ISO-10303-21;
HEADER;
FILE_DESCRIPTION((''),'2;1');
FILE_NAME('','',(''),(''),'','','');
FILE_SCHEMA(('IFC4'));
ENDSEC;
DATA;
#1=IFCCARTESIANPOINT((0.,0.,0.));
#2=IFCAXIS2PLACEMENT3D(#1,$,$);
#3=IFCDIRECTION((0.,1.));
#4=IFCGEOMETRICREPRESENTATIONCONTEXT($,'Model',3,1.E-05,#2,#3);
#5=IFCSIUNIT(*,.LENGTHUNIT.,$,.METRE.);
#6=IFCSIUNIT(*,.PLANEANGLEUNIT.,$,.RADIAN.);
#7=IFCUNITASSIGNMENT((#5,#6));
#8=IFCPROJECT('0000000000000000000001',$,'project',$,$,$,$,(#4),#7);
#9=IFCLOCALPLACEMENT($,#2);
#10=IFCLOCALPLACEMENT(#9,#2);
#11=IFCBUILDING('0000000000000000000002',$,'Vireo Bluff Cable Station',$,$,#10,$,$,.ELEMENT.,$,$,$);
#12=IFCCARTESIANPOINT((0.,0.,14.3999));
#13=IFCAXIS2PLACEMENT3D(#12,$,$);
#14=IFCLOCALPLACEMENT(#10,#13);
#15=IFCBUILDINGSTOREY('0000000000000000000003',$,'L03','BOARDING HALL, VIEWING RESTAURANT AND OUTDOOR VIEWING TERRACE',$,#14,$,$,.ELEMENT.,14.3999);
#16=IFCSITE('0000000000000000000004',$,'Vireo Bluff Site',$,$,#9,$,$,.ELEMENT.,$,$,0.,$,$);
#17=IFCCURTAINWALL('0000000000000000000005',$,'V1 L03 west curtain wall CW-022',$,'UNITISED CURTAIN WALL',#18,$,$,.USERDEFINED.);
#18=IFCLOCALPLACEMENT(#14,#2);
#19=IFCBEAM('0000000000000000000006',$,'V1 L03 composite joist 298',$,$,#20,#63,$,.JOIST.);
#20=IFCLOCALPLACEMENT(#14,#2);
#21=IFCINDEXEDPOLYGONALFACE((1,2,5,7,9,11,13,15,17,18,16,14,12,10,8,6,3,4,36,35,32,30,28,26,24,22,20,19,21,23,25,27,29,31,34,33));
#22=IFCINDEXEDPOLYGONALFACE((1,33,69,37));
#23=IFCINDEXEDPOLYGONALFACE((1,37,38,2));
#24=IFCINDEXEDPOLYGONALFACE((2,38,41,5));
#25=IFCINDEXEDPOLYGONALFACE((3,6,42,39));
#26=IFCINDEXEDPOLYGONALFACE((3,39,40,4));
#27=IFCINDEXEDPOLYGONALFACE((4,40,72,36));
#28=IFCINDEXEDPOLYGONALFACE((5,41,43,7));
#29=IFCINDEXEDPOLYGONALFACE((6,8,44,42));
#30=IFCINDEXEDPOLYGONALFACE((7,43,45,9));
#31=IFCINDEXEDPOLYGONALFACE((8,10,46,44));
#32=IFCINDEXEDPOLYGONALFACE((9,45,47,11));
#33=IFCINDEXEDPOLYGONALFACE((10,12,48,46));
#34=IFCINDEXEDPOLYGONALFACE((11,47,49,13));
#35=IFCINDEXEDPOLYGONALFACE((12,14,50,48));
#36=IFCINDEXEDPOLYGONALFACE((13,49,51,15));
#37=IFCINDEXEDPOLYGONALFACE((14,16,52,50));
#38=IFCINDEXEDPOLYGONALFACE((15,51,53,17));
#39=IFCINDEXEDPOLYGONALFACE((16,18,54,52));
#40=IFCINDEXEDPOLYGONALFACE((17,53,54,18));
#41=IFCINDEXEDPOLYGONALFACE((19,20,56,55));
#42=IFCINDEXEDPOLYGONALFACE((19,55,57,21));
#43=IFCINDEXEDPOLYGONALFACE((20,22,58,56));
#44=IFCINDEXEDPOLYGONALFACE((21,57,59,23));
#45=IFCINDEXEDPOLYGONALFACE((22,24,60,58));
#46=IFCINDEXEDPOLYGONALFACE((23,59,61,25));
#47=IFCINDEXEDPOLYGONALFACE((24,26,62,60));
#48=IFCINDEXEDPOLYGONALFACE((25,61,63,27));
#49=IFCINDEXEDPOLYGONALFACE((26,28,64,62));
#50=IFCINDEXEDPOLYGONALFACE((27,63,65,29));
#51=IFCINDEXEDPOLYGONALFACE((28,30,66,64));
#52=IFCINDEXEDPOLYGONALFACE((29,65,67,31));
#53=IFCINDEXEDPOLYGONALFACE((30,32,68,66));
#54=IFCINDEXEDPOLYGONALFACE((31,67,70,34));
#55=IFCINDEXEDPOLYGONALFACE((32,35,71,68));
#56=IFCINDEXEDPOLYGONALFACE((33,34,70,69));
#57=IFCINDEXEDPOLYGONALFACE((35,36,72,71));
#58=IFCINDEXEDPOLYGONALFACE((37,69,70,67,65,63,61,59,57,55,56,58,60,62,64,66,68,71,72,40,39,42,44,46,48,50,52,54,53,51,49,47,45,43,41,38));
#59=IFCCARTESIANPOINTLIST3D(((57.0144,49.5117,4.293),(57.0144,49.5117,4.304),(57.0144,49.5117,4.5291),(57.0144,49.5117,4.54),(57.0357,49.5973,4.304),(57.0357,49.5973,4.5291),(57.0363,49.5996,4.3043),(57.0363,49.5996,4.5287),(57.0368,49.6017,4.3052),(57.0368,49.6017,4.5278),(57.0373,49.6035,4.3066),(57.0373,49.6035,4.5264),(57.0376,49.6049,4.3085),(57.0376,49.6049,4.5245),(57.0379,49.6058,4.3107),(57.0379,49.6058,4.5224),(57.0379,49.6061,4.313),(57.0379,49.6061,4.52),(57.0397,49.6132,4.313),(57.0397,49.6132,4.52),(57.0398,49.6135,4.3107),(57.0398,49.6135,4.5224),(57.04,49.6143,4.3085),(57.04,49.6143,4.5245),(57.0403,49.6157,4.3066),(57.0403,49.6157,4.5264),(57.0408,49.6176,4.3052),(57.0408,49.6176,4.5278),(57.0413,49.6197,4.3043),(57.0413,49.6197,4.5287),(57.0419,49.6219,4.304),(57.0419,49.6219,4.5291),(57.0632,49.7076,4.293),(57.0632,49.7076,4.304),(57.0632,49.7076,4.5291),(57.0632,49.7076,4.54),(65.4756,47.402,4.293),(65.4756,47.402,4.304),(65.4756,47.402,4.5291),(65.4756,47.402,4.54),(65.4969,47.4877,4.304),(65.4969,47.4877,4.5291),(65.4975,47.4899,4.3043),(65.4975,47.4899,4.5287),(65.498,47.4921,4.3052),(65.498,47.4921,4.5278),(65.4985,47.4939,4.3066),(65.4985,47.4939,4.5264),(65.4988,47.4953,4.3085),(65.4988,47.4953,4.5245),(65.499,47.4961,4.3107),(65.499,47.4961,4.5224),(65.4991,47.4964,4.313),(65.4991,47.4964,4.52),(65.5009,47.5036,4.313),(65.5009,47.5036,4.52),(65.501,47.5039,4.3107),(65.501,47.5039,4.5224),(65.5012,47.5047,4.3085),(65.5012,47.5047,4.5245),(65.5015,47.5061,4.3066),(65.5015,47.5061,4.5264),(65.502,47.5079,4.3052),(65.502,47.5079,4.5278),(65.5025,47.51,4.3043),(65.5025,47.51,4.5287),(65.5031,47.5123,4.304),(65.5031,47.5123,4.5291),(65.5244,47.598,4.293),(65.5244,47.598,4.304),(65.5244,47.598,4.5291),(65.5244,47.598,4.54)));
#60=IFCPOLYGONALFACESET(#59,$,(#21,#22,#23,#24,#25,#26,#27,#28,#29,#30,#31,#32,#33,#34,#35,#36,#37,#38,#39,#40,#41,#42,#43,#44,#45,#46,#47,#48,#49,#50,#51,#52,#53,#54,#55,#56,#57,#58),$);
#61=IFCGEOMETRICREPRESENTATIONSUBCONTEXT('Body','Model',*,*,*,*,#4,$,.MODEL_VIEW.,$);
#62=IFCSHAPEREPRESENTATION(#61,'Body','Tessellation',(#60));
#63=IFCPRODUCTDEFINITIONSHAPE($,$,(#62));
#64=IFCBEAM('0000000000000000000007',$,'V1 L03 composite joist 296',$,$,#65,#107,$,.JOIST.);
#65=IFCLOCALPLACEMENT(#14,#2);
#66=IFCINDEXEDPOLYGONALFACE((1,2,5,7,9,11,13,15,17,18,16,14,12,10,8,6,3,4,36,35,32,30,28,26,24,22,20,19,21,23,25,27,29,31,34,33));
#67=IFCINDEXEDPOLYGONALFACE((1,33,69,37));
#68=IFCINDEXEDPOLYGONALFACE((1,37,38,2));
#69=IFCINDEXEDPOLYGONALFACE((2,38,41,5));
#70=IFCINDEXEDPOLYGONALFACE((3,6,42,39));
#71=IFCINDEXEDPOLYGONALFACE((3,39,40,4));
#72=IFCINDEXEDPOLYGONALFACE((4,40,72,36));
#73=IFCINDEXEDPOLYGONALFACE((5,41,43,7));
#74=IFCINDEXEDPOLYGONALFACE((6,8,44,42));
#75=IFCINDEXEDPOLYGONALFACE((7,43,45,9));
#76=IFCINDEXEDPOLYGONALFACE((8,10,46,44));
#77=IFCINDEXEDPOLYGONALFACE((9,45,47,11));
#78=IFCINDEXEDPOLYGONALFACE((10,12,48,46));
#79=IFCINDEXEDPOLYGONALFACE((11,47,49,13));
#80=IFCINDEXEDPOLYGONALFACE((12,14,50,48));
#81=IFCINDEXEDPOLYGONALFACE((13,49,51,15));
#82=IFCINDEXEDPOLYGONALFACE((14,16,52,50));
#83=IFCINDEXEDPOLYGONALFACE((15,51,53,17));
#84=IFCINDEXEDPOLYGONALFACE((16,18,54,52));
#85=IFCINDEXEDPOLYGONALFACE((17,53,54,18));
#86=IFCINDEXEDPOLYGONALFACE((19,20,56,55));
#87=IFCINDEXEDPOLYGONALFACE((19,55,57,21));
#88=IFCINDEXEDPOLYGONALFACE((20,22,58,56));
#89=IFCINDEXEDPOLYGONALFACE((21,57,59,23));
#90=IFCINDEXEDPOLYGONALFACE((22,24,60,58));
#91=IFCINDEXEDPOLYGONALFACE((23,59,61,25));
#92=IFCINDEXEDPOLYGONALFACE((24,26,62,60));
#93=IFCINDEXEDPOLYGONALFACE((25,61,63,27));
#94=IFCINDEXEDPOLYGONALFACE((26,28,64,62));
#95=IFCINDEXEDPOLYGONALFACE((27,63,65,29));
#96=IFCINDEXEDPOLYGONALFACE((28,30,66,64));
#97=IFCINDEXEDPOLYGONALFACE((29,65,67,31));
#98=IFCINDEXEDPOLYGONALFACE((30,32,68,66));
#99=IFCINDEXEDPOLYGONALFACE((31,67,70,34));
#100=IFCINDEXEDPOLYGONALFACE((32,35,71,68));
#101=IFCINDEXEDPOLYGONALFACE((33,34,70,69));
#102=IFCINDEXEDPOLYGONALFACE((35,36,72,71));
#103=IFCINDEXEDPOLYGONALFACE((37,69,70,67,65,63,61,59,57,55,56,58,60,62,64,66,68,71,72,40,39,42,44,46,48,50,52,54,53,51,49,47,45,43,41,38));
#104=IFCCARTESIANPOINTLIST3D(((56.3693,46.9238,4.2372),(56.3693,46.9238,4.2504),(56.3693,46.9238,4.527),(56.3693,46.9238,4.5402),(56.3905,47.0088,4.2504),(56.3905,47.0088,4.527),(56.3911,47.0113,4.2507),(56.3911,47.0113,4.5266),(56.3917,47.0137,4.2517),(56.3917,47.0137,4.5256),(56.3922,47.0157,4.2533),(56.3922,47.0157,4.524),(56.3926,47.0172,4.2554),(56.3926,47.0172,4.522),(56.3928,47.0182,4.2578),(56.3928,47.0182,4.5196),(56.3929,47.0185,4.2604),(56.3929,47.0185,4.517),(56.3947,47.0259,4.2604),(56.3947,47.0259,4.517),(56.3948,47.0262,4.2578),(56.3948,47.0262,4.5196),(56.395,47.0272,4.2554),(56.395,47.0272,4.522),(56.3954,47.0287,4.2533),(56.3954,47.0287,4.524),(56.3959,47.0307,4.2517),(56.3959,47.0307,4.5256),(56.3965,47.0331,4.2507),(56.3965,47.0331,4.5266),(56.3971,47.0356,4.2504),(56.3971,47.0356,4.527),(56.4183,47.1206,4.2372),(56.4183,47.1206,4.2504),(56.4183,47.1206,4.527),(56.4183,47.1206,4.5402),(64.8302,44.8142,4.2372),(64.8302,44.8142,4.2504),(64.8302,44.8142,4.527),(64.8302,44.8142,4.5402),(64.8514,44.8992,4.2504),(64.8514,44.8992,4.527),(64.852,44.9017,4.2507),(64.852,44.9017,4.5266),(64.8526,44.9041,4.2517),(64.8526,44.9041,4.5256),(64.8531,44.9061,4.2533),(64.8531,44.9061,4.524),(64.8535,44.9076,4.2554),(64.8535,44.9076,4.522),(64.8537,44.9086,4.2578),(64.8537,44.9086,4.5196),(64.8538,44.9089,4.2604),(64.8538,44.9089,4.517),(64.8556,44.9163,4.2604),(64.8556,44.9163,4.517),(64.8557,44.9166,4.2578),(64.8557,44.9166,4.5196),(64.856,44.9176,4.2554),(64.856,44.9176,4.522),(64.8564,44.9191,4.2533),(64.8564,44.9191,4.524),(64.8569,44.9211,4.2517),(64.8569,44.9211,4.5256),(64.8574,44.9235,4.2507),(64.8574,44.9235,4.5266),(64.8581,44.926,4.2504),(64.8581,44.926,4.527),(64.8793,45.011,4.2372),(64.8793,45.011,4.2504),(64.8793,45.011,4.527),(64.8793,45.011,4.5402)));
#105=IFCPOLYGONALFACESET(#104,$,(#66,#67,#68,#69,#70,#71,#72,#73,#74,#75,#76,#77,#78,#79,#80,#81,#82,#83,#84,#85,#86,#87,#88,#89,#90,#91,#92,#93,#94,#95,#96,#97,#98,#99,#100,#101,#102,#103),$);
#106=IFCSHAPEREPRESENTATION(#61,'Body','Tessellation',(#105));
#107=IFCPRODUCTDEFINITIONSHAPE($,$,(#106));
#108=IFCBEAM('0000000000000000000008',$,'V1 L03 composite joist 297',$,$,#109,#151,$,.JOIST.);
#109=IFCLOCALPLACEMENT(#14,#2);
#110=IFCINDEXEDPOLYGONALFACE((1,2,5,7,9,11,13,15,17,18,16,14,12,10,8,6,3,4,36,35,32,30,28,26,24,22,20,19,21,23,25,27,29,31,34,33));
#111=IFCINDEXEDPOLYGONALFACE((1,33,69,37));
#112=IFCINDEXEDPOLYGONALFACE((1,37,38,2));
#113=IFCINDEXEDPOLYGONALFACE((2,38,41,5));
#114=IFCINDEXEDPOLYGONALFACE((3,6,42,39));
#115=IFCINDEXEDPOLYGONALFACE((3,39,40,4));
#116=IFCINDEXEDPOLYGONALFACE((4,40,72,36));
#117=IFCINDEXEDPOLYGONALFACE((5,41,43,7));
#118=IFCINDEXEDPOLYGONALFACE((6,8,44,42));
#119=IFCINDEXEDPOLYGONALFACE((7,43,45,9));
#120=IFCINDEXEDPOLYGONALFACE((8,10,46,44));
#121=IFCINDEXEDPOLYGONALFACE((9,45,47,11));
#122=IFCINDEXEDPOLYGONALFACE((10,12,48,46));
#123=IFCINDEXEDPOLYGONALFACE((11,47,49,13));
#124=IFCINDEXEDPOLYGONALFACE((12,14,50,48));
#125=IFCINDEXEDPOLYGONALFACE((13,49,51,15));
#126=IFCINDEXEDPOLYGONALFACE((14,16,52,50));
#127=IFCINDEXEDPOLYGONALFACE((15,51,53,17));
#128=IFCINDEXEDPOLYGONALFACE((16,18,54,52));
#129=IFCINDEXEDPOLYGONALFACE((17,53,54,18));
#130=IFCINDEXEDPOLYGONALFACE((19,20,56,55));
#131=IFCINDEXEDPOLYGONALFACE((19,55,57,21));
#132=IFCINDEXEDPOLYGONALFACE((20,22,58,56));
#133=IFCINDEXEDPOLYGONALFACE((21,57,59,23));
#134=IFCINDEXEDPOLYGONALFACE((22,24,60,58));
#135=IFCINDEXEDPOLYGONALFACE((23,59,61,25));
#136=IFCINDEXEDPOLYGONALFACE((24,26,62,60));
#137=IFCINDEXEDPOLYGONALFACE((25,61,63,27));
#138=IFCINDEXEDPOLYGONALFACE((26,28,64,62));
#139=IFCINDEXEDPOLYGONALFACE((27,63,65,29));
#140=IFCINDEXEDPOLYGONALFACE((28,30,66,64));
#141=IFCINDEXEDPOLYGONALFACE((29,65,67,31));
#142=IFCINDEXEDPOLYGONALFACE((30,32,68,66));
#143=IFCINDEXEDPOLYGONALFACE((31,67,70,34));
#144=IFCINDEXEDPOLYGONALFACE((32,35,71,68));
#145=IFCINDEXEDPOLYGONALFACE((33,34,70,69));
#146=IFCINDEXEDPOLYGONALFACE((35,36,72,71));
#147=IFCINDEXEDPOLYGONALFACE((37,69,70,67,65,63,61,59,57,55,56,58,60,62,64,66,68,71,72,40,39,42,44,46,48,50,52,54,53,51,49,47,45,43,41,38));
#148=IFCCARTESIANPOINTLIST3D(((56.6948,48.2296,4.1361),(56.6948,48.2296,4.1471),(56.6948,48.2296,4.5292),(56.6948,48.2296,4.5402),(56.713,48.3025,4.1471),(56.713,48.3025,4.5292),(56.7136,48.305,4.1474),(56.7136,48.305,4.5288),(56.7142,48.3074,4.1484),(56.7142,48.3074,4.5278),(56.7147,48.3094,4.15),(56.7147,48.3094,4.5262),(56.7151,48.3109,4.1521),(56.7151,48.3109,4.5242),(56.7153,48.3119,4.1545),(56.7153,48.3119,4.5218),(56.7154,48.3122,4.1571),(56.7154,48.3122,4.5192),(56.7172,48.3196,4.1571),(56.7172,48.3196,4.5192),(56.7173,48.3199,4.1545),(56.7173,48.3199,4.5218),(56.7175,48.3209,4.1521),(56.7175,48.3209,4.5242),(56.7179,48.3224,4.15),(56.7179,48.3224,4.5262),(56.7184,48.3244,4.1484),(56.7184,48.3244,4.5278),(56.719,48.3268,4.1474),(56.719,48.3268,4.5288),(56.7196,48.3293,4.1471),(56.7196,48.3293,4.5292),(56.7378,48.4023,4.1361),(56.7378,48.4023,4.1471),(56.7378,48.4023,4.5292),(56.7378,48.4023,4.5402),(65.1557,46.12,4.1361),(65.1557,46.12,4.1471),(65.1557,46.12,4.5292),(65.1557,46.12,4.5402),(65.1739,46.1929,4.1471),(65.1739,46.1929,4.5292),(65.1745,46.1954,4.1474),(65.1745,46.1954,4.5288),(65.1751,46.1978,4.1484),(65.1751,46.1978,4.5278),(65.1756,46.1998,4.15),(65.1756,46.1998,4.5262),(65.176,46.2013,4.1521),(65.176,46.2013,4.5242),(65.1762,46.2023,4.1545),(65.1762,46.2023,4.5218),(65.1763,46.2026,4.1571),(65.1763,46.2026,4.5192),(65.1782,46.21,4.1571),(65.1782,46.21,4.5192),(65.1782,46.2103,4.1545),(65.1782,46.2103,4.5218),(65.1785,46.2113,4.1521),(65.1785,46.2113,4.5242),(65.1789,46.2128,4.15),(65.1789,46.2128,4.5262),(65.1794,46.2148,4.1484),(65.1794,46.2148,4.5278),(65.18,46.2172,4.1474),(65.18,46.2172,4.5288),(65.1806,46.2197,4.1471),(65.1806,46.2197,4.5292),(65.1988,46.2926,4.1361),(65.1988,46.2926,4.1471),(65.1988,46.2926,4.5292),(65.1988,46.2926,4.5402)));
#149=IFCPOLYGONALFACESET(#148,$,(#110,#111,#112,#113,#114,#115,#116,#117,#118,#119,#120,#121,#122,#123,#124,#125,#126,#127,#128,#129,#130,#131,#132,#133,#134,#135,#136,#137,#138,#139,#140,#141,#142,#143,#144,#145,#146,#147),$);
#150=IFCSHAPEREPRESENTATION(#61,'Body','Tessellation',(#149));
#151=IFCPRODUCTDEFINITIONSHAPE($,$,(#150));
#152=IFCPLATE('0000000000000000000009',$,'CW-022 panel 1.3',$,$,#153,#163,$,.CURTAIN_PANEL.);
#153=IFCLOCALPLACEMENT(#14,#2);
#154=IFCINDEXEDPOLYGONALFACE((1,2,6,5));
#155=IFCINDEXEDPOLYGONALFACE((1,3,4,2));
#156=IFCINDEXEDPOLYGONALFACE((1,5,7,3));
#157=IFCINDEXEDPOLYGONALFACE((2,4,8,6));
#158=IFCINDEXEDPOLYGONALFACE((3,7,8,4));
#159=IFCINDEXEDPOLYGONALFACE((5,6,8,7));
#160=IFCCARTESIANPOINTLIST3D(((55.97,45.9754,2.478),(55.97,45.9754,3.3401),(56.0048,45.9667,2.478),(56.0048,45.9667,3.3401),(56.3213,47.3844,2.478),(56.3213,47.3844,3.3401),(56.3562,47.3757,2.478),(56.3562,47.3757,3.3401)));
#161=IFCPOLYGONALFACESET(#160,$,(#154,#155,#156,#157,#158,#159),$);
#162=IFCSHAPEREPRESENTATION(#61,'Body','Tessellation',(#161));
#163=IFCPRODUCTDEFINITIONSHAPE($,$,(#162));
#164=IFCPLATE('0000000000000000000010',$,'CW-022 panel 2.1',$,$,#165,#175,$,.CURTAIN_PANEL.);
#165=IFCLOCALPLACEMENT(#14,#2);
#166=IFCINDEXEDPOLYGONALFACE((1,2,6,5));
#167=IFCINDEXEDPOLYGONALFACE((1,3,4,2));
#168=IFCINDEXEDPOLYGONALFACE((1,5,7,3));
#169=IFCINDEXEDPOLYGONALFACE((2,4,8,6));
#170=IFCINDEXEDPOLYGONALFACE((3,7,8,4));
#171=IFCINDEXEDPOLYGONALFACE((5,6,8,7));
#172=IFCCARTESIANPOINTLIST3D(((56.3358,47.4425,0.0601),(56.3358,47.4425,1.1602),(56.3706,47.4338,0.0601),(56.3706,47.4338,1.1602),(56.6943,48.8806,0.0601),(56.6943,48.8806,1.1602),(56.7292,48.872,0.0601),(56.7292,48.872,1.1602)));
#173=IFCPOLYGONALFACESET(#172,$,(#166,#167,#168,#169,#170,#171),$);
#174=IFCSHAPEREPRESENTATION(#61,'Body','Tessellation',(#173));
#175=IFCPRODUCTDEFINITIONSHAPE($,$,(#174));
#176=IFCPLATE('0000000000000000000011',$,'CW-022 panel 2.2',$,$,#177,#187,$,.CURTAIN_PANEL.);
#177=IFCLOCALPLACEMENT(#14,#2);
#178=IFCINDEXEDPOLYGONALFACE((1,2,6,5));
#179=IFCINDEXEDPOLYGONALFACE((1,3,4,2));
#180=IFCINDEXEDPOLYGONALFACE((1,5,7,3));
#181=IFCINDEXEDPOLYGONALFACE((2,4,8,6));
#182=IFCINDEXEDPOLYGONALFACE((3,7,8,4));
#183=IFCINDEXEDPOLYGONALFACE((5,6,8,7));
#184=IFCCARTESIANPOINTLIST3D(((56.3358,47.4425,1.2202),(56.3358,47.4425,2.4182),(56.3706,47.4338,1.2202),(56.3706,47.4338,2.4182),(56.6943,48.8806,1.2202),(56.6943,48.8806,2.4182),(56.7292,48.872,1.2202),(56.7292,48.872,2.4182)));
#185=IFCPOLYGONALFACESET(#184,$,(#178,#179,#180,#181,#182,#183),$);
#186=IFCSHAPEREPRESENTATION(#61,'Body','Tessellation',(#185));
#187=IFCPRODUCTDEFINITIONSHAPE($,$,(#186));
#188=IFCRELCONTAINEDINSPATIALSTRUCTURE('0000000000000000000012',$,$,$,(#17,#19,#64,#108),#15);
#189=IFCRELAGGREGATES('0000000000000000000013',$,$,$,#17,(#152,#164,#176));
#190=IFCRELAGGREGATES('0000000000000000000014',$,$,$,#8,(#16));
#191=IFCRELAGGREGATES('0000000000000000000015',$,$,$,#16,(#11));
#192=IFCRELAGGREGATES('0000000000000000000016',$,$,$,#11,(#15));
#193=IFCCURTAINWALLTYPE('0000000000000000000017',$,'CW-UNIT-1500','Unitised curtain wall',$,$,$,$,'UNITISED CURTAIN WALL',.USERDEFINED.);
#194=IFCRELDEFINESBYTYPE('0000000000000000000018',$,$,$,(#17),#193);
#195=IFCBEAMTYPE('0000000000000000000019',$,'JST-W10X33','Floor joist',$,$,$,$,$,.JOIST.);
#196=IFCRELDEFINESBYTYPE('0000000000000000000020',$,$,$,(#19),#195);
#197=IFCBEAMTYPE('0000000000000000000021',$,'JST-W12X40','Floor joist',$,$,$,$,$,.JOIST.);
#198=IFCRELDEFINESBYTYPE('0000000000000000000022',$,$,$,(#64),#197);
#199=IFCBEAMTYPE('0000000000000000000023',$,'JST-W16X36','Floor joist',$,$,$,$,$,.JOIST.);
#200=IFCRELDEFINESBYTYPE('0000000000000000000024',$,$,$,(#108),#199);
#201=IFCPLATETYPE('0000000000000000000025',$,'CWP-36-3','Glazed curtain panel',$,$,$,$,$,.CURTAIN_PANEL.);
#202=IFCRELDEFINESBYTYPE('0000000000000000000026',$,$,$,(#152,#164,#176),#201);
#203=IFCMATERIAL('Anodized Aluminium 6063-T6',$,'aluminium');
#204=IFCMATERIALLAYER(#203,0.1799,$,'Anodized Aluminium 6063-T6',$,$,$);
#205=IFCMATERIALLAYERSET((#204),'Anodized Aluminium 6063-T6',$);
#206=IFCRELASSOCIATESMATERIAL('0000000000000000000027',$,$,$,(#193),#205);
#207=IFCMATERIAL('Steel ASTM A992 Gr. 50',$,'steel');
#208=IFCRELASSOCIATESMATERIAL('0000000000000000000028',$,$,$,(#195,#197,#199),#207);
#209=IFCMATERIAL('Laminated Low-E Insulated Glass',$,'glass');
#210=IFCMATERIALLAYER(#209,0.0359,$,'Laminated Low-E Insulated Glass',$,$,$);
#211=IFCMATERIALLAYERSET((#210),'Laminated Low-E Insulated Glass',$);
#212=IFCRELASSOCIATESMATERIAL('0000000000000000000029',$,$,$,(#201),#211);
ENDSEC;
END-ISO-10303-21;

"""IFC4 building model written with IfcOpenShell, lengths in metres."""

from ifc_helpers import new_model, si_unit, direction, frame, origin, origin_2d, place, context, subcontext, project, spatial, rectangle, i_section, extrude, material, layer, layer_set, material_profile, profile_set, type_object, element, aggregate, save


model = new_model("IFC4")

# Units and contexts
model_context = context("Model", 3, precision=1e-05, world=origin(), true_north=direction((0.0, 1.0)))
body_context = subcontext(model_context, "Body", "Model", "MODEL_VIEW")
ifc_project = project(units=[si_unit("LENGTHUNIT", "METRE"), si_unit("PLANEANGLEUNIT", "RADIAN")], contexts=[model_context])

# Site, building, storey
site_placement = place(None, origin())
site = spatial("IfcSite", under=ifc_project, at=site_placement, Name="Vireo Bluff Site", CompositionType="ELEMENT", RefElevation=0.0)
building_placement = place(site_placement, origin())
building = spatial("IfcBuilding", under=site, at=building_placement, Name="Vireo Bluff Cable Station", CompositionType="ELEMENT")
storey_placement = place(building_placement, frame((0.0, 0.0, 14.3999)))
storey = spatial("IfcBuildingStorey", under=building, at=storey_placement, Name="L03", Description="BOARDING HALL, VIEWING RESTAURANT AND OUTDOOR VIEWING TERRACE", CompositionType="ELEMENT", Elevation=14.3999)

# Curtain wall
ifc_material_1 = material(Name="Anodized Aluminium 6063-T6", Category="aluminium")
ifc_layer_1 = layer(ifc_material_1, 0.1799, Name="Anodized Aluminium 6063-T6")
ifc_layer_set_1 = layer_set([ifc_layer_1], Name="Anodized Aluminium 6063-T6")
curtain_wall_type = type_object("IfcCurtainWallType", Name="CW-UNIT-1500", Description="Unitised curtain wall", ElementType="UNITISED CURTAIN WALL", PredefinedType="USERDEFINED", material=ifc_layer_set_1)
curtain_wall_placement = place(storey_placement, origin())
curtain_wall = element("IfcCurtainWall", 1, at=curtain_wall_placement, inside=storey, type_object=curtain_wall_type, Name="V1 L03 west curtain wall CW-022", ObjectType="UNITISED CURTAIN WALL", PredefinedType="USERDEFINED")

# Beams
ifc_material_2 = material(Name="Steel ASTM A992 Gr. 50", Category="steel")
ifc_material_profile_1 = material_profile(ifc_material_2, i_section(OverallWidth=0.2019, OverallDepth=0.2471, WebThickness=0.0073, FlangeThickness=0.011, FilletRadius=0.009, at=origin_2d()), Name="W10X33")
ifc_profile_set_1 = profile_set([ifc_material_profile_1], Name="Steel ASTM A992 Gr. 50")
beam_type_1 = type_object("IfcBeamType", Name="JST-W10X33", Description="Floor joist", PredefinedType="JOIST", material=ifc_profile_set_1)
beam_1_placement = place(storey_placement, frame((57.0388, 49.6096, 4.4165), z_axis=(0.970295, -0.241923, 0.0), x_axis=(0.241923, 0.970295, 0.0)))
element("IfcBeam", 2, at=beam_1_placement, inside=storey, type_object=beam_type_1, Name="V1 L03 composite joist 298", PredefinedType="JOIST", context=body_context, shape_type="SweptSolid", body=[
    extrude(i_section(OverallWidth=0.2019, OverallDepth=0.2471, WebThickness=0.0073, FlangeThickness=0.011, FilletRadius=0.009, at=origin_2d()), origin(), (0.0, 0.0, 1.0), 8.7202),
])
ifc_material_profile_2 = material_profile(ifc_material_2, i_section(OverallWidth=0.2029, OverallDepth=0.303, WebThickness=0.0076, FlangeThickness=0.0132, FilletRadius=0.01, at=origin_2d()), Name="W12X40")
ifc_profile_set_2 = profile_set([ifc_material_profile_2], Name="Steel ASTM A992 Gr. 50")
beam_type_2 = type_object("IfcBeamType", Name="JST-W12X40", Description="Floor joist", PredefinedType="JOIST", material=ifc_profile_set_2)
beam_2_placement = place(storey_placement, frame((56.3938, 47.0222, 4.3887), z_axis=(0.970294, -0.24193, 0.0), x_axis=(0.24193, 0.970294, 0.0)))
element("IfcBeam", 3, at=beam_2_placement, inside=storey, type_object=beam_type_2, Name="V1 L03 composite joist 296", PredefinedType="JOIST", context=body_context, shape_type="SweptSolid", body=[
    extrude(i_section(OverallWidth=0.2029, OverallDepth=0.303, WebThickness=0.0076, FlangeThickness=0.0132, FilletRadius=0.01, at=origin_2d()), origin(), (0.0, 0.0, 1.0), 8.72),
])
ifc_material_profile_3 = material_profile(ifc_material_2, i_section(OverallWidth=0.178, OverallDepth=0.4041, WebThickness=0.0076, FlangeThickness=0.011, FilletRadius=0.01, at=origin_2d()), Name="W16X36")
ifc_profile_set_3 = profile_set([ifc_material_profile_3], Name="Steel ASTM A992 Gr. 50")
beam_type_3 = type_object("IfcBeamType", Name="JST-W16X36", Description="Floor joist", PredefinedType="JOIST", material=ifc_profile_set_3)
beam_3_placement = place(storey_placement, frame((56.7163, 48.3159, 4.3381), z_axis=(0.970294, -0.24193, 0.0), x_axis=(0.24193, 0.970294, 0.0)))
element("IfcBeam", 4, at=beam_3_placement, inside=storey, type_object=beam_type_3, Name="V1 L03 composite joist 297", PredefinedType="JOIST", context=body_context, shape_type="SweptSolid", body=[
    extrude(i_section(OverallWidth=0.178, OverallDepth=0.4041, WebThickness=0.0076, FlangeThickness=0.011, FilletRadius=0.01, at=origin_2d()), origin(), (0.0, 0.0, 1.0), 8.72),
])

# Plates
ifc_material_3 = material(Name="Laminated Low-E Insulated Glass", Category="glass")
ifc_layer_2 = layer(ifc_material_3, 0.0359, Name="Laminated Low-E Insulated Glass")
ifc_layer_set_2 = layer_set([ifc_layer_2], Name="Laminated Low-E Insulated Glass")
plate_type = type_object("IfcPlateType", Name="CWP-36-3", Description="Glazed curtain panel", PredefinedType="CURTAIN_PANEL", material=ifc_layer_set_2)
plate_1_placement = place(storey_placement, frame((56.1631, 46.6755, 2.478), z_axis=(0.0, 0.0, 1.0), x_axis=(0.241922, 0.970296, 0.0)))
plate_1 = element("IfcPlate", 5, at=plate_1_placement, type_object=plate_type, Name="CW-022 panel 1.3", PredefinedType="CURTAIN_PANEL", context=body_context, shape_type="SweptSolid", body=[
    extrude(rectangle(XDim=1.4521, YDim=0.0359, at=origin_2d()), origin(), (0.0, 0.0, 1.0), 0.8621),
])
plate_2_placement = place(storey_placement, frame((56.5325, 48.1572, 0.0601), z_axis=(0.0, 0.0, 1.0), x_axis=(0.241922, 0.970296, 0.0)))
plate_2 = element("IfcPlate", 6, at=plate_2_placement, type_object=plate_type, Name="CW-022 panel 2.1", PredefinedType="CURTAIN_PANEL", context=body_context, shape_type="SweptSolid", body=[
    extrude(rectangle(XDim=1.4822, YDim=0.0359, at=origin_2d()), origin(), (0.0, 0.0, 1.0), 1.1001),
])
plate_3_placement = place(storey_placement, frame((56.5325, 48.1572, 1.2202), z_axis=(0.0, 0.0, 1.0), x_axis=(0.241922, 0.970296, 0.0)))
plate_3 = element("IfcPlate", 7, at=plate_3_placement, type_object=plate_type, Name="CW-022 panel 2.2", PredefinedType="CURTAIN_PANEL", context=body_context, shape_type="SweptSolid", body=[
    extrude(rectangle(XDim=1.4822, YDim=0.0359, at=origin_2d()), origin(), (0.0, 0.0, 1.0), 1.198),
])
aggregate(curtain_wall, [plate_1, plate_2, plate_3])

save(model, "model.ifc")
